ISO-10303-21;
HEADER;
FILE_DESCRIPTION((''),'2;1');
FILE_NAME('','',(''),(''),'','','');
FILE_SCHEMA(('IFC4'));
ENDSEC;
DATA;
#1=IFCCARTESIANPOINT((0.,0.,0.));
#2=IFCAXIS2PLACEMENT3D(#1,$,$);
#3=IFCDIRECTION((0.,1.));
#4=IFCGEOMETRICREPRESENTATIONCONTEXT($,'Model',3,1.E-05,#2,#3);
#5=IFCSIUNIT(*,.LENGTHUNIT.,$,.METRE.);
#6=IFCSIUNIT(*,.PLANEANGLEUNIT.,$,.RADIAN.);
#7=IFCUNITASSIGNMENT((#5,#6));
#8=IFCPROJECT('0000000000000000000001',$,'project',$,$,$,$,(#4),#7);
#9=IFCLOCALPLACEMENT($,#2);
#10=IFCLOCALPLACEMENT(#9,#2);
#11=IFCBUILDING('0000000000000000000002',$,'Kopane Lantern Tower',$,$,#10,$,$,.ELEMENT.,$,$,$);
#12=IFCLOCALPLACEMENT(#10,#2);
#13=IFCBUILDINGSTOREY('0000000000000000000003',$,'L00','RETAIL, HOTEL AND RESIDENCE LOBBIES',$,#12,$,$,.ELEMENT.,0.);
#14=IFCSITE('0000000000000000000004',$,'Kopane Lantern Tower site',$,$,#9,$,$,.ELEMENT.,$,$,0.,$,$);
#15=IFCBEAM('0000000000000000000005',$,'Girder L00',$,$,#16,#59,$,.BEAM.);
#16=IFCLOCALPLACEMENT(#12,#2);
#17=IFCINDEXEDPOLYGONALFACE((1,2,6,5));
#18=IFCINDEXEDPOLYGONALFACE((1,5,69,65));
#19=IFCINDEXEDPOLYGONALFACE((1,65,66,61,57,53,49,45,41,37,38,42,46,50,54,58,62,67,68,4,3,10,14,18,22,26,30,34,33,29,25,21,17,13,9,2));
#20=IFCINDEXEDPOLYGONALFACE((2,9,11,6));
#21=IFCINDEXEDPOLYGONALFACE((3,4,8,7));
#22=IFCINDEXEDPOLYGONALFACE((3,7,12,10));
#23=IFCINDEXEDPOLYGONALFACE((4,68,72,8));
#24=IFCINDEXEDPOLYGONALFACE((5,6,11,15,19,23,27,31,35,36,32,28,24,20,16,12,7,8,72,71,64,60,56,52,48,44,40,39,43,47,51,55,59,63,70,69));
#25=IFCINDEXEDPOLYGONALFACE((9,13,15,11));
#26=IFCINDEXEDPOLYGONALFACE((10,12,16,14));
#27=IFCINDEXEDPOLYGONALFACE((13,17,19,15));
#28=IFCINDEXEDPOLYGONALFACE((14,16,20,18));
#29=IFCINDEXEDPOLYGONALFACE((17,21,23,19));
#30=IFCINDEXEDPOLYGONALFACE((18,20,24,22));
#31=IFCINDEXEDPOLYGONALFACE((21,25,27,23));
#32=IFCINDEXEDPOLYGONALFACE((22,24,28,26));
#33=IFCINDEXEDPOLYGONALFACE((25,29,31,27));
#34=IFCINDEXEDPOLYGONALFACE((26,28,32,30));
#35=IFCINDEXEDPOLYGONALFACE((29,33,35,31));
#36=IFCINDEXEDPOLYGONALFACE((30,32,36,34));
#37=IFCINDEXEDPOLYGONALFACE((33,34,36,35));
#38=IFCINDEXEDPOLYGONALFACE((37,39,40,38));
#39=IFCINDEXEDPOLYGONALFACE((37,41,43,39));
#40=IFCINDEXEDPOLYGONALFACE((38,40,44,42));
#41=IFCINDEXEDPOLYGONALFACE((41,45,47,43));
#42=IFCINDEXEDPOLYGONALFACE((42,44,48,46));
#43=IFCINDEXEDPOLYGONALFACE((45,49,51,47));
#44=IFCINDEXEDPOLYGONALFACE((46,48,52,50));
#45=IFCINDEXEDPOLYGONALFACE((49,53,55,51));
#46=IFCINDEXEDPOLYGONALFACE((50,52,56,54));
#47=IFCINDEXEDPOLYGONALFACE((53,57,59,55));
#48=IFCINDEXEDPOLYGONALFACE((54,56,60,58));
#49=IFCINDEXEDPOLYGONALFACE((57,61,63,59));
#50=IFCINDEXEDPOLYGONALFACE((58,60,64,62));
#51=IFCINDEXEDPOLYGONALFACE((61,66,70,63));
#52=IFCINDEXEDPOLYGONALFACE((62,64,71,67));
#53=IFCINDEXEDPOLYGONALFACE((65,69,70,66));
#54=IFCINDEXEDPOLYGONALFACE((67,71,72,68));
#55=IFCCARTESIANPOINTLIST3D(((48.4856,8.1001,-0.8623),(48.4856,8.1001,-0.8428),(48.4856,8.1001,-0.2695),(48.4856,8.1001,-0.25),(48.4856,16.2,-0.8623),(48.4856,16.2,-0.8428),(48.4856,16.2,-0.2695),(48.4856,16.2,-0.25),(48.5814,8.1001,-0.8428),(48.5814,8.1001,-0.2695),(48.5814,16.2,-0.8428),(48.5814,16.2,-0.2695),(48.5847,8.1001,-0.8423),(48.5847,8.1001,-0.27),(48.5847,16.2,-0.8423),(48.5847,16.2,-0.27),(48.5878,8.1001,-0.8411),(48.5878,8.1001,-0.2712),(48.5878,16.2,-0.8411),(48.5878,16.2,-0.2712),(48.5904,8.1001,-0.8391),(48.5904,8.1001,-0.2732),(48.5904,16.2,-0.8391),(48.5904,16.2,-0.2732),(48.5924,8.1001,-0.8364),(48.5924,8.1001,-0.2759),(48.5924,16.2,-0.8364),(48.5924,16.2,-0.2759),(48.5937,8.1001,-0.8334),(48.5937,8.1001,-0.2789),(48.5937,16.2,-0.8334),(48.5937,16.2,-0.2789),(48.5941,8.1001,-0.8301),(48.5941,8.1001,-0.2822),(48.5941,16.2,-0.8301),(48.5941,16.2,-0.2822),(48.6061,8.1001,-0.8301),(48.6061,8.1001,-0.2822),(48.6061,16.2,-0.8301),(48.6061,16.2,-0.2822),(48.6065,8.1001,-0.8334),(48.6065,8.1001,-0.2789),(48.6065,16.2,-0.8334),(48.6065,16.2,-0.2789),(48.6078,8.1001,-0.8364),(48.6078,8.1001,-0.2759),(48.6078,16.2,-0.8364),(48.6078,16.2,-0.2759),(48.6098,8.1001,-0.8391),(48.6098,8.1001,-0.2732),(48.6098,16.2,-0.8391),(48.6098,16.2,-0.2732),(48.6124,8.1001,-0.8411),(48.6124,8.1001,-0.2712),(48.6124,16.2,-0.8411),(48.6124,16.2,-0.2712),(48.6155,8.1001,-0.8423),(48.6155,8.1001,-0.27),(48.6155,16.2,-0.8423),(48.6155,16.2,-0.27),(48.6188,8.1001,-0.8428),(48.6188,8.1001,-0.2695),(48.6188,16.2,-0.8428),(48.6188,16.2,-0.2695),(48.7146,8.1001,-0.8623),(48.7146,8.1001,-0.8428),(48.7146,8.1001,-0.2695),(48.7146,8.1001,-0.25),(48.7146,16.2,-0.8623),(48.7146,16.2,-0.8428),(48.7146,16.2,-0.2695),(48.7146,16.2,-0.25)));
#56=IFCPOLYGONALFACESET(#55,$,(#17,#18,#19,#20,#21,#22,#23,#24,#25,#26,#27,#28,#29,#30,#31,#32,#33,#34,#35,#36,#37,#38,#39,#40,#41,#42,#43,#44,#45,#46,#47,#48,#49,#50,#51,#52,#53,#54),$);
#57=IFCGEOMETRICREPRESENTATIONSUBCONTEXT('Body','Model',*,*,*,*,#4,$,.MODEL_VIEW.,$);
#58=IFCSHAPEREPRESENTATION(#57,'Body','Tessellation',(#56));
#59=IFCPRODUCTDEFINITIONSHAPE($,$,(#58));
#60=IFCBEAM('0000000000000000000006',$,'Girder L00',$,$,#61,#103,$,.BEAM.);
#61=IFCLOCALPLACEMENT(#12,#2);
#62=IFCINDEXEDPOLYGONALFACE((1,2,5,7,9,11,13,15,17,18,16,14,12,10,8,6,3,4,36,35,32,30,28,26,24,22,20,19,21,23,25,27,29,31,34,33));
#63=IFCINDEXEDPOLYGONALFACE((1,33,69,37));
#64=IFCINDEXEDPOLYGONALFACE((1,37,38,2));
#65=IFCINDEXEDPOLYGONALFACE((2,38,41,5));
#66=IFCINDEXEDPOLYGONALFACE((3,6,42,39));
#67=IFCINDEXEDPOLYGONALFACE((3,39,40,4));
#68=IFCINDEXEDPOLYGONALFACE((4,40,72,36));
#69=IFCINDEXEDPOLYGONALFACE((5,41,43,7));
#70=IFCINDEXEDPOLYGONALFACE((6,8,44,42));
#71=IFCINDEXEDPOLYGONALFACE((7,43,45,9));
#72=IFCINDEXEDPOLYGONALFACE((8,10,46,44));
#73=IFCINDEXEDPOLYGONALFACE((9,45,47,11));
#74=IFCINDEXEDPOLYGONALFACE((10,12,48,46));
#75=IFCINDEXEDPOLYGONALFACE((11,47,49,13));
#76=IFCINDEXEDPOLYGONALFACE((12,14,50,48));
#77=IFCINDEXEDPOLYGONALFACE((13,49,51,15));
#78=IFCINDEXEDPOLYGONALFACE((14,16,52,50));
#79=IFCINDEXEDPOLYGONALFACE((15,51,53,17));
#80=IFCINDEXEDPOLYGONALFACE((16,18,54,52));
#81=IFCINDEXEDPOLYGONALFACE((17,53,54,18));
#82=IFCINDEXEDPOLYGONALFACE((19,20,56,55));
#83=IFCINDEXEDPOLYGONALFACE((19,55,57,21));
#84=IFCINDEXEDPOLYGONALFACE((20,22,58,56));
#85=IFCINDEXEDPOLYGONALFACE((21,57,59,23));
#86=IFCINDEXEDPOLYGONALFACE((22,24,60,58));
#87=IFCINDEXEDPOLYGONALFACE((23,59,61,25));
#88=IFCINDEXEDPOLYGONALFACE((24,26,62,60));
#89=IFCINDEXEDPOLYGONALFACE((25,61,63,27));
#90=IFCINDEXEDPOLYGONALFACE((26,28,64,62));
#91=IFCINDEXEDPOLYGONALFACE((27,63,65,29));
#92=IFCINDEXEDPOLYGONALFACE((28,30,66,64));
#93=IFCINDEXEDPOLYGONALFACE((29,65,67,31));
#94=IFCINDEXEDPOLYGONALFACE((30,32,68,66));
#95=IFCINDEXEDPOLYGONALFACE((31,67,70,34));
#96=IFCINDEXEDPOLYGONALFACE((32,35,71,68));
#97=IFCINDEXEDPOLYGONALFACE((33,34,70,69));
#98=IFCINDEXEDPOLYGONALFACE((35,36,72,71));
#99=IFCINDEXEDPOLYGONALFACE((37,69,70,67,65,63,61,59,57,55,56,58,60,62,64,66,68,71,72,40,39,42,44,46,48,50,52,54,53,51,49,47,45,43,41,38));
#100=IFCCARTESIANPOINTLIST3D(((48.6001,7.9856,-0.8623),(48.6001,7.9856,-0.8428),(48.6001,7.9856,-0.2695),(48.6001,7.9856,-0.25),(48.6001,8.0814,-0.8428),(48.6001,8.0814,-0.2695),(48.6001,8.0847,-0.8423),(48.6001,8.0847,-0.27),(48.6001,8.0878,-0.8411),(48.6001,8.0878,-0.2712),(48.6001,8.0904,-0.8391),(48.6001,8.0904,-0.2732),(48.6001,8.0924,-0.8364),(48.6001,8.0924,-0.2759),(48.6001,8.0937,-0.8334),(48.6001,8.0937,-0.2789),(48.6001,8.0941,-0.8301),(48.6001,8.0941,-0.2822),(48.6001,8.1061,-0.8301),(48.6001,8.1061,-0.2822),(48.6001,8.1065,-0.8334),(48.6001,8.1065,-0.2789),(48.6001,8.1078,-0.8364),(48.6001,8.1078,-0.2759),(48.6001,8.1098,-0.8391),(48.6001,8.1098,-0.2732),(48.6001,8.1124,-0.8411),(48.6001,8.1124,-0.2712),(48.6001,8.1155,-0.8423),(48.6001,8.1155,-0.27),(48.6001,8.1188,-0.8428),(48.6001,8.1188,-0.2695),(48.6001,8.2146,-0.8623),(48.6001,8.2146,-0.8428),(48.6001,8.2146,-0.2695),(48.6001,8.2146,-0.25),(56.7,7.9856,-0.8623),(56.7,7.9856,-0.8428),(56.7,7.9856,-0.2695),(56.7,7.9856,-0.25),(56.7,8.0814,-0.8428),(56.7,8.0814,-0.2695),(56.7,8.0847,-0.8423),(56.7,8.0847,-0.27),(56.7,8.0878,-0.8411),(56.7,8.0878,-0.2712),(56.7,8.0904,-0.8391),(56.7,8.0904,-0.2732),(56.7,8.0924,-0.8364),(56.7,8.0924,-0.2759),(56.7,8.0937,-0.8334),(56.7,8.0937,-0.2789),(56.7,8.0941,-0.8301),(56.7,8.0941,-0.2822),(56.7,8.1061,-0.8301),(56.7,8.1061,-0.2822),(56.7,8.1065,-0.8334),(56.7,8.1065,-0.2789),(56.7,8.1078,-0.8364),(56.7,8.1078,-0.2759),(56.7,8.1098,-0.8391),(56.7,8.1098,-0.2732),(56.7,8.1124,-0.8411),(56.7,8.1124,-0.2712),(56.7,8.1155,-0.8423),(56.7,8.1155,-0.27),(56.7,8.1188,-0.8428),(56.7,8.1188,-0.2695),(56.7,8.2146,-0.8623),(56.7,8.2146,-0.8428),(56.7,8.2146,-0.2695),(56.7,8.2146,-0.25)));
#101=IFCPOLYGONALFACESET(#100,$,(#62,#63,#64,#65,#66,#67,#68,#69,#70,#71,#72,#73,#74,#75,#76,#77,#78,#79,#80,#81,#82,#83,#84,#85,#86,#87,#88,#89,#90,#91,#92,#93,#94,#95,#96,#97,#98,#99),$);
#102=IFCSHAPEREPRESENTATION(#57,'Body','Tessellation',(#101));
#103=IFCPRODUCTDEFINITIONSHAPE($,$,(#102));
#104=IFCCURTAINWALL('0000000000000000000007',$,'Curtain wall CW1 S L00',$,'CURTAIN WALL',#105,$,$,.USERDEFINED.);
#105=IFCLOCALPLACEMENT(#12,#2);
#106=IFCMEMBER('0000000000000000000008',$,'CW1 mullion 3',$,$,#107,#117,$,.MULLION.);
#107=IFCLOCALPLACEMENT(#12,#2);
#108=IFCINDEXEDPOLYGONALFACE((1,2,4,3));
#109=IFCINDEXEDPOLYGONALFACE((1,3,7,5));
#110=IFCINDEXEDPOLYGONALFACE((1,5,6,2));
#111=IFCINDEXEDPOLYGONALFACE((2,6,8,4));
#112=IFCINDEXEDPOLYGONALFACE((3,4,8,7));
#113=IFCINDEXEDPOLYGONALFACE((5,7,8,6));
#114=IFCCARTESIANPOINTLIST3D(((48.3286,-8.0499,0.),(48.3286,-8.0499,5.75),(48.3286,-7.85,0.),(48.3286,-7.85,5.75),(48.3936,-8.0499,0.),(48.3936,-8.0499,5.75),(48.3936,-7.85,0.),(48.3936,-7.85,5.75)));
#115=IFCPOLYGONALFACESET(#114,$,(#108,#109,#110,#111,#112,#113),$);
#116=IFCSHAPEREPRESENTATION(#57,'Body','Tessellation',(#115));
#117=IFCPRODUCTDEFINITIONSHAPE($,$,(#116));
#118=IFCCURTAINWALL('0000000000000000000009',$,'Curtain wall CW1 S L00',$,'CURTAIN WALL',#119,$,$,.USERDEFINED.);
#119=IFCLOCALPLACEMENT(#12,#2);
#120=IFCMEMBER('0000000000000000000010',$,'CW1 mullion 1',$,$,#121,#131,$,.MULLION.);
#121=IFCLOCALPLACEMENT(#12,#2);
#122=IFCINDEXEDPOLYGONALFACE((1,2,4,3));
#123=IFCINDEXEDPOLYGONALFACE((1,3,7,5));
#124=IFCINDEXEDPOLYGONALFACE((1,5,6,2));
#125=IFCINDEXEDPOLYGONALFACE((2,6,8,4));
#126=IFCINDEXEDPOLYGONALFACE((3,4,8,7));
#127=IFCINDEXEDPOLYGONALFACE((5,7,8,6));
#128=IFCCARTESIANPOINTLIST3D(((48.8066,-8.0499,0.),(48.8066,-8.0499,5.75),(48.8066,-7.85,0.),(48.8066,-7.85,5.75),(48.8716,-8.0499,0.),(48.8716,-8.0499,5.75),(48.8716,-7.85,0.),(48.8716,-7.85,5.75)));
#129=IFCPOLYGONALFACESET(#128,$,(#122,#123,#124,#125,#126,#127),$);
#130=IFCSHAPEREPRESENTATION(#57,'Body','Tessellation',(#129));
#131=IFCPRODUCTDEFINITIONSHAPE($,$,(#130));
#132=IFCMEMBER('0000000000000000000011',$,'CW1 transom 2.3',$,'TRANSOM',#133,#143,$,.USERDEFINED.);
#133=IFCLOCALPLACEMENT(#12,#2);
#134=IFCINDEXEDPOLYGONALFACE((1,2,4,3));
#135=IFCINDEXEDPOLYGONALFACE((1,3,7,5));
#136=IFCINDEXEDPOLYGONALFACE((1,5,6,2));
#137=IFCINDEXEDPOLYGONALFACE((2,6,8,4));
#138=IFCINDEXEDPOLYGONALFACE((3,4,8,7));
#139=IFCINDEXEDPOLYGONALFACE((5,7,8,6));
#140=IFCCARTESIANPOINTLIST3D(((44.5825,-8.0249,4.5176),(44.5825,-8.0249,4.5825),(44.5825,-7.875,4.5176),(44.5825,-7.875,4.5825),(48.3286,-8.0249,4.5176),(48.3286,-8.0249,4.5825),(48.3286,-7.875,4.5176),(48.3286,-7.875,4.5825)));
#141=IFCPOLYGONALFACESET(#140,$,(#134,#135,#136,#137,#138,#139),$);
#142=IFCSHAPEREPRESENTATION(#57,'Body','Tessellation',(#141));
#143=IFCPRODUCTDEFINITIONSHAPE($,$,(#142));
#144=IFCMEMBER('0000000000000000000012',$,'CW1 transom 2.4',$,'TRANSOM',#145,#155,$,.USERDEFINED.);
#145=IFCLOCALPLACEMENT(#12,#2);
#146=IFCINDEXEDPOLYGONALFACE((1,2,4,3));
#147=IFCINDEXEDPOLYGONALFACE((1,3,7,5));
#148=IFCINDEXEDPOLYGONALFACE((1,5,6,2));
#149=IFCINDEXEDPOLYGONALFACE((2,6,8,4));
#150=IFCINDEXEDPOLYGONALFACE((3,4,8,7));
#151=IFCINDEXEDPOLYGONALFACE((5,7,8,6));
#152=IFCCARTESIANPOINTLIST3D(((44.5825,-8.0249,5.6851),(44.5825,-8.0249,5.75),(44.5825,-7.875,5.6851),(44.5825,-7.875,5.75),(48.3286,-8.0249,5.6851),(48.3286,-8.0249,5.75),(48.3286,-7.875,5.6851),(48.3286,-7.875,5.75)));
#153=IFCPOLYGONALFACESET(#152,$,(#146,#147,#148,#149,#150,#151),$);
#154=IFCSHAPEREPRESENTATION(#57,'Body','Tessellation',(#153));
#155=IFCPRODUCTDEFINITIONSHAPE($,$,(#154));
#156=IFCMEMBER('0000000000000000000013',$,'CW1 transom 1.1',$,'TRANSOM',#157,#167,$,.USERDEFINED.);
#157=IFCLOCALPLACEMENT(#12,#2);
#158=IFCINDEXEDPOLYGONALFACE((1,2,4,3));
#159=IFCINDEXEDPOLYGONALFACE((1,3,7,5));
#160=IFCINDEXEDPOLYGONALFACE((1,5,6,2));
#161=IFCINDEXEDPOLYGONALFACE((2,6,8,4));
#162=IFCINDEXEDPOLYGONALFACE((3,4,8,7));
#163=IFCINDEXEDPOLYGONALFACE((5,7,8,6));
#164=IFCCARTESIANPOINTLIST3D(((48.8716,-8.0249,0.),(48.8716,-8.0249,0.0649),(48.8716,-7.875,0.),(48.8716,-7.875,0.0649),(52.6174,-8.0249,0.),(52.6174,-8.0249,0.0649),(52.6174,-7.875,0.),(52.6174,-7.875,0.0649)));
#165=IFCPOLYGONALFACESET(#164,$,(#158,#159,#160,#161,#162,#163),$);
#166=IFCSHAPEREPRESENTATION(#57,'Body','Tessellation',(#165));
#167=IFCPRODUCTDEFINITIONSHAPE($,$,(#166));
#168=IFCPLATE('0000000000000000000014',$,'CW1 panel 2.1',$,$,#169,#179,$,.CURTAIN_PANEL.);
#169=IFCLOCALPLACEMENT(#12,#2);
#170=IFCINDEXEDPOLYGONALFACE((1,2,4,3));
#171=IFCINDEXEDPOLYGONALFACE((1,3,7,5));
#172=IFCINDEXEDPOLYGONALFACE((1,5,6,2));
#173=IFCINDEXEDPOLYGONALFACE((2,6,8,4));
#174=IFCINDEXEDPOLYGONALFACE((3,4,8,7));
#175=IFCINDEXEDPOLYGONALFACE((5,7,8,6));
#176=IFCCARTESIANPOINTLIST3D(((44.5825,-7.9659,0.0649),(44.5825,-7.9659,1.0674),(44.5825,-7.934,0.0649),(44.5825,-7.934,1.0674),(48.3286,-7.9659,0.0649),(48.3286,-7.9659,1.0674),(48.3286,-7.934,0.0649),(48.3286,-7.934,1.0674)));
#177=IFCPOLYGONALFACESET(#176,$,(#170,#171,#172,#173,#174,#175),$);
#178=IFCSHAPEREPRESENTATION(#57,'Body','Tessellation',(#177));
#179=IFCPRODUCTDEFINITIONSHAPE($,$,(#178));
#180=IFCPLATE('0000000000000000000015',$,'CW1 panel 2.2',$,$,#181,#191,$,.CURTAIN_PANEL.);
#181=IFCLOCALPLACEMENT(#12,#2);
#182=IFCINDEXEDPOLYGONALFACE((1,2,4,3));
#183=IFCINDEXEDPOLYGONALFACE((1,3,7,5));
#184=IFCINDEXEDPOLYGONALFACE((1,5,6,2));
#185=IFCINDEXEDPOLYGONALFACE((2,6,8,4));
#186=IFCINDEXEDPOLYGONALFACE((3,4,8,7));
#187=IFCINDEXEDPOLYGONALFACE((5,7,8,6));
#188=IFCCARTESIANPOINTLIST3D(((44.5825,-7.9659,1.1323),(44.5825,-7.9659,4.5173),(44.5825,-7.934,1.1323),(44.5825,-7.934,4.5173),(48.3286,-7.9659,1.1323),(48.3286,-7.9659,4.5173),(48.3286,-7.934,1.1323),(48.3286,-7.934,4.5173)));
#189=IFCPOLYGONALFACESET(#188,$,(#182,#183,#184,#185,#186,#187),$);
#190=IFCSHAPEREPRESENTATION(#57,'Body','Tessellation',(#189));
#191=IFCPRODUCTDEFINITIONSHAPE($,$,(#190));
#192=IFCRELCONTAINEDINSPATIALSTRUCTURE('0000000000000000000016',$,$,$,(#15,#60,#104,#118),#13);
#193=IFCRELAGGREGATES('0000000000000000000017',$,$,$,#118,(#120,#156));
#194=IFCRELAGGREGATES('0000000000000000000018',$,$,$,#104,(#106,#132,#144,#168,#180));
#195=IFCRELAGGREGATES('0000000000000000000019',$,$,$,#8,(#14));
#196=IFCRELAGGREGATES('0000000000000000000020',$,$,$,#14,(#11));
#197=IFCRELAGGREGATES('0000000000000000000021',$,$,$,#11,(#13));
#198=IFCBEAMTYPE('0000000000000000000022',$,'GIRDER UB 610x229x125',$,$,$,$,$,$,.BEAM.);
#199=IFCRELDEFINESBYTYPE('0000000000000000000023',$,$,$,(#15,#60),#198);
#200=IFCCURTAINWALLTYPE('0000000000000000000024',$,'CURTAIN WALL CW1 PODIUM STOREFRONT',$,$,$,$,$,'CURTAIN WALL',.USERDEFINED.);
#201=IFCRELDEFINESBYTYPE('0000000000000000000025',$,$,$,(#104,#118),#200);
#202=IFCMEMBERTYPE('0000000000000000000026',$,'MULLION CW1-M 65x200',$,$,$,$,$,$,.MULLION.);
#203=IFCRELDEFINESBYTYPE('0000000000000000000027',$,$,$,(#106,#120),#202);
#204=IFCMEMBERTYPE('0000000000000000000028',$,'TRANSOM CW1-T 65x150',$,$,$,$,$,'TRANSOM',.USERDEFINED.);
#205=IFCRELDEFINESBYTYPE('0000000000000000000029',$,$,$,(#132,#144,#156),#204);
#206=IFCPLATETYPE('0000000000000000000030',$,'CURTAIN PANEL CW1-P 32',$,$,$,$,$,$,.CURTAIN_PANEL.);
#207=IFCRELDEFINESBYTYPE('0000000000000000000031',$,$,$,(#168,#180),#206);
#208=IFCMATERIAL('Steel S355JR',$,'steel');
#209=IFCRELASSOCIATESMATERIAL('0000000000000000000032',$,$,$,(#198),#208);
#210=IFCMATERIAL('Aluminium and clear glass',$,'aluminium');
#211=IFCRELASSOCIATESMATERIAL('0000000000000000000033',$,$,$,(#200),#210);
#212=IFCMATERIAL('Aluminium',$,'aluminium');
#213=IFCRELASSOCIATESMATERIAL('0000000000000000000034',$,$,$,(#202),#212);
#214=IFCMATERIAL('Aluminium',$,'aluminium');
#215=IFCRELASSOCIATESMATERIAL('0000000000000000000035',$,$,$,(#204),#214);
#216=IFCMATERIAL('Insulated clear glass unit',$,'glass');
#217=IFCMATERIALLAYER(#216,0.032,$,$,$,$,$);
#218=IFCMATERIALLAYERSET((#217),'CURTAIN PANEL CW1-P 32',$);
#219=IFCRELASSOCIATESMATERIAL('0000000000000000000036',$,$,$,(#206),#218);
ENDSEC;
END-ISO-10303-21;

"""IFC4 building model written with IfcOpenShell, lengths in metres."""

from ifc_helpers import new_model, si_unit, direction, frame, origin, origin_2d, place, context, subcontext, project, spatial, rectangle, i_section, extrude, material, layer, layer_set, material_profile, profile_set, type_object, element, aggregate, save


model = new_model("IFC4")

# Units and contexts
model_context = context("Model", 3, precision=1e-05, world=origin(), true_north=direction((0.0, 1.0)))
body_context = subcontext(model_context, "Body", "Model", "MODEL_VIEW")
ifc_project = project(units=[si_unit("LENGTHUNIT", "METRE"), si_unit("PLANEANGLEUNIT", "RADIAN")], contexts=[model_context])

# Site, building, storey
site_placement = place(None, origin())
site = spatial("IfcSite", under=ifc_project, at=site_placement, Name="Kopane Lantern Tower site", CompositionType="ELEMENT", RefElevation=0.0)
building_placement = place(site_placement, origin())
building = spatial("IfcBuilding", under=site, at=building_placement, Name="Kopane Lantern Tower", CompositionType="ELEMENT")
storey_placement = place(building_placement, origin())
storey = spatial("IfcBuildingStorey", under=building, at=storey_placement, Name="L00", Description="RETAIL, HOTEL AND RESIDENCE LOBBIES", CompositionType="ELEMENT", Elevation=0.0)

# Beams
ifc_material_1 = material(Name="Steel S355JR", Category="steel")
ifc_material_profile_1 = material_profile(ifc_material_1, i_section(OverallWidth=0.229, OverallDepth=0.6123, WebThickness=0.012, FlangeThickness=0.0195, FilletRadius=0.0127, at=origin_2d()), Name="UB 610x229x125")
ifc_profile_set_1 = profile_set([ifc_material_profile_1], Name="Steel S355JR")
beam_type = type_object("IfcBeamType", Name="GIRDER UB 610x229x125", PredefinedType="BEAM", material=ifc_profile_set_1)
for number, where, z_axis, x_axis, name in (
    (1, (48.6001, 8.1001, -0.5562), (0.0, 1.0, 0.0), (-1.0, 0.0, 0.0), "Girder L00"),
    (2, (48.6001, 8.1001, -0.5562), (1.0, 0.0, 0.0), (0.0, 1.0, 0.0), "Girder L00"),
):
    element("IfcBeam", number, at=place(storey_placement, frame(where, z_axis=z_axis, x_axis=x_axis)), inside=storey, type_object=beam_type, Name=name, PredefinedType="BEAM", context=body_context, shape_type="SweptSolid", body=[
        extrude(i_section(OverallWidth=0.229, OverallDepth=0.6123, WebThickness=0.012, FlangeThickness=0.0195, FilletRadius=0.0127, at=origin_2d()), origin(), (0.0, 0.0, 1.0), 8.0999),
    ])

# Curtain walls, members
ifc_material_2 = material(Name="Aluminium and clear glass", Category="aluminium")
curtain_wall_type = type_object("IfcCurtainWallType", Name="CURTAIN WALL CW1 PODIUM STOREFRONT", ElementType="CURTAIN WALL", PredefinedType="USERDEFINED", material=ifc_material_2)
curtain_wall_1_placement = place(storey_placement, origin())
curtain_wall_1 = element("IfcCurtainWall", 3, at=curtain_wall_1_placement, inside=storey, type_object=curtain_wall_type, Name="Curtain wall CW1 S L00", ObjectType="CURTAIN WALL", PredefinedType="USERDEFINED")
ifc_material_3 = material(Name="Aluminium", Category="aluminium")
ifc_material_profile_2 = material_profile(ifc_material_3, rectangle(XDim=0.0649, YDim=0.2, at=origin_2d()), Name="AL 65x200")
ifc_profile_set_2 = profile_set([ifc_material_profile_2], Name="Aluminium")
member_type_1 = type_object("IfcMemberType", Name="MULLION CW1-M 65x200", PredefinedType="MULLION", material=ifc_profile_set_2)
member_1_placement = place(storey_placement, frame((48.3611, -7.95, 0.0), z_axis=(0.0, 0.0, 1.0), x_axis=(1.0, 0.0, 0.0)))
member_1 = element("IfcMember", 4, at=member_1_placement, type_object=member_type_1, Name="CW1 mullion 3", PredefinedType="MULLION", context=body_context, shape_type="SweptSolid", body=[
    extrude(rectangle(XDim=0.0649, YDim=0.2, at=origin_2d()), origin(), (0.0, 0.0, 1.0), 5.75),
])
curtain_wall_2_placement = place(storey_placement, origin())
curtain_wall_2 = element("IfcCurtainWall", 5, at=curtain_wall_2_placement, inside=storey, type_object=curtain_wall_type, Name="Curtain wall CW1 S L00", ObjectType="CURTAIN WALL", PredefinedType="USERDEFINED")
member_2_placement = place(storey_placement, frame((48.8391, -7.95, 0.0), z_axis=(0.0, 0.0, 1.0), x_axis=(1.0, 0.0, 0.0)))
member_2 = element("IfcMember", 6, at=member_2_placement, type_object=member_type_1, Name="CW1 mullion 1", PredefinedType="MULLION", context=body_context, shape_type="SweptSolid", body=[
    extrude(rectangle(XDim=0.0649, YDim=0.2, at=origin_2d()), origin(), (0.0, 0.0, 1.0), 5.75),
])

# Members
ifc_material_4 = material(Name="Aluminium", Category="aluminium")
ifc_material_profile_3 = material_profile(ifc_material_4, rectangle(XDim=0.1499, YDim=0.0649, at=origin_2d()), Name="AL 150x65")
ifc_profile_set_3 = profile_set([ifc_material_profile_3], Name="Aluminium")
member_type_2 = type_object("IfcMemberType", Name="TRANSOM CW1-T 65x150", ElementType="TRANSOM", PredefinedType="USERDEFINED", material=ifc_profile_set_3)
member_3_placement = place(storey_placement, frame((44.5825, -7.95, 4.55), z_axis=(1.0, 0.0, 0.0), x_axis=(0.0, 1.0, 0.0)))
member_3 = element("IfcMember", 7, at=member_3_placement, type_object=member_type_2, Name="CW1 transom 2.3", ObjectType="TRANSOM", PredefinedType="USERDEFINED", context=body_context, shape_type="SweptSolid", body=[
    extrude(rectangle(XDim=0.1499, YDim=0.0649, at=origin_2d()), origin(), (0.0, 0.0, 1.0), 3.7461),
])
member_4_placement = place(storey_placement, frame((44.5825, -7.95, 5.7175), z_axis=(1.0, 0.0, 0.0), x_axis=(0.0, 1.0, 0.0)))
member_4 = element("IfcMember", 8, at=member_4_placement, type_object=member_type_2, Name="CW1 transom 2.4", ObjectType="TRANSOM", PredefinedType="USERDEFINED", context=body_context, shape_type="SweptSolid", body=[
    extrude(rectangle(XDim=0.1499, YDim=0.0649, at=origin_2d()), origin(), (0.0, 0.0, 1.0), 3.7461),
])
member_5_placement = place(storey_placement, frame((48.8716, -7.95, 0.0325), z_axis=(1.0, 0.0, 0.0), x_axis=(0.0, 1.0, 0.0)))
member_5 = element("IfcMember", 9, at=member_5_placement, type_object=member_type_2, Name="CW1 transom 1.1", ObjectType="TRANSOM", PredefinedType="USERDEFINED", context=body_context, shape_type="SweptSolid", body=[
    extrude(rectangle(XDim=0.1499, YDim=0.0649, at=origin_2d()), origin(), (0.0, 0.0, 1.0), 3.7458),
])
aggregate(curtain_wall_2, [member_2, member_5])

# Plates
ifc_material_5 = material(Name="Insulated clear glass unit", Category="glass")
ifc_layer_1 = layer(ifc_material_5, 0.032)
ifc_layer_set_1 = layer_set([ifc_layer_1], Name="CURTAIN PANEL CW1-P 32")
plate_type = type_object("IfcPlateType", Name="CURTAIN PANEL CW1-P 32", PredefinedType="CURTAIN_PANEL", material=ifc_layer_set_1)
plate_1_placement = place(storey_placement, frame((46.4556, -7.95, 0.0649), z_axis=(0.0, 0.0, 1.0), x_axis=(1.0, 0.0, 0.0)))
plate_1 = element("IfcPlate", 10, at=plate_1_placement, type_object=plate_type, Name="CW1 panel 2.1", PredefinedType="CURTAIN_PANEL", context=body_context, shape_type="SweptSolid", body=[
    extrude(rectangle(XDim=3.7461, YDim=0.032, at=origin_2d()), origin(), (0.0, 0.0, 1.0), 1.0024),
])
plate_2_placement = place(storey_placement, frame((46.4556, -7.95, 1.1323), z_axis=(0.0, 0.0, 1.0), x_axis=(1.0, 0.0, 0.0)))
plate_2 = element("IfcPlate", 11, at=plate_2_placement, type_object=plate_type, Name="CW1 panel 2.2", PredefinedType="CURTAIN_PANEL", context=body_context, shape_type="SweptSolid", body=[
    extrude(rectangle(XDim=3.7461, YDim=0.032, at=origin_2d()), origin(), (0.0, 0.0, 1.0), 3.385),
])
aggregate(curtain_wall_1, [member_1, member_3, member_4, plate_1, plate_2])

save(model, "model.ifc")
